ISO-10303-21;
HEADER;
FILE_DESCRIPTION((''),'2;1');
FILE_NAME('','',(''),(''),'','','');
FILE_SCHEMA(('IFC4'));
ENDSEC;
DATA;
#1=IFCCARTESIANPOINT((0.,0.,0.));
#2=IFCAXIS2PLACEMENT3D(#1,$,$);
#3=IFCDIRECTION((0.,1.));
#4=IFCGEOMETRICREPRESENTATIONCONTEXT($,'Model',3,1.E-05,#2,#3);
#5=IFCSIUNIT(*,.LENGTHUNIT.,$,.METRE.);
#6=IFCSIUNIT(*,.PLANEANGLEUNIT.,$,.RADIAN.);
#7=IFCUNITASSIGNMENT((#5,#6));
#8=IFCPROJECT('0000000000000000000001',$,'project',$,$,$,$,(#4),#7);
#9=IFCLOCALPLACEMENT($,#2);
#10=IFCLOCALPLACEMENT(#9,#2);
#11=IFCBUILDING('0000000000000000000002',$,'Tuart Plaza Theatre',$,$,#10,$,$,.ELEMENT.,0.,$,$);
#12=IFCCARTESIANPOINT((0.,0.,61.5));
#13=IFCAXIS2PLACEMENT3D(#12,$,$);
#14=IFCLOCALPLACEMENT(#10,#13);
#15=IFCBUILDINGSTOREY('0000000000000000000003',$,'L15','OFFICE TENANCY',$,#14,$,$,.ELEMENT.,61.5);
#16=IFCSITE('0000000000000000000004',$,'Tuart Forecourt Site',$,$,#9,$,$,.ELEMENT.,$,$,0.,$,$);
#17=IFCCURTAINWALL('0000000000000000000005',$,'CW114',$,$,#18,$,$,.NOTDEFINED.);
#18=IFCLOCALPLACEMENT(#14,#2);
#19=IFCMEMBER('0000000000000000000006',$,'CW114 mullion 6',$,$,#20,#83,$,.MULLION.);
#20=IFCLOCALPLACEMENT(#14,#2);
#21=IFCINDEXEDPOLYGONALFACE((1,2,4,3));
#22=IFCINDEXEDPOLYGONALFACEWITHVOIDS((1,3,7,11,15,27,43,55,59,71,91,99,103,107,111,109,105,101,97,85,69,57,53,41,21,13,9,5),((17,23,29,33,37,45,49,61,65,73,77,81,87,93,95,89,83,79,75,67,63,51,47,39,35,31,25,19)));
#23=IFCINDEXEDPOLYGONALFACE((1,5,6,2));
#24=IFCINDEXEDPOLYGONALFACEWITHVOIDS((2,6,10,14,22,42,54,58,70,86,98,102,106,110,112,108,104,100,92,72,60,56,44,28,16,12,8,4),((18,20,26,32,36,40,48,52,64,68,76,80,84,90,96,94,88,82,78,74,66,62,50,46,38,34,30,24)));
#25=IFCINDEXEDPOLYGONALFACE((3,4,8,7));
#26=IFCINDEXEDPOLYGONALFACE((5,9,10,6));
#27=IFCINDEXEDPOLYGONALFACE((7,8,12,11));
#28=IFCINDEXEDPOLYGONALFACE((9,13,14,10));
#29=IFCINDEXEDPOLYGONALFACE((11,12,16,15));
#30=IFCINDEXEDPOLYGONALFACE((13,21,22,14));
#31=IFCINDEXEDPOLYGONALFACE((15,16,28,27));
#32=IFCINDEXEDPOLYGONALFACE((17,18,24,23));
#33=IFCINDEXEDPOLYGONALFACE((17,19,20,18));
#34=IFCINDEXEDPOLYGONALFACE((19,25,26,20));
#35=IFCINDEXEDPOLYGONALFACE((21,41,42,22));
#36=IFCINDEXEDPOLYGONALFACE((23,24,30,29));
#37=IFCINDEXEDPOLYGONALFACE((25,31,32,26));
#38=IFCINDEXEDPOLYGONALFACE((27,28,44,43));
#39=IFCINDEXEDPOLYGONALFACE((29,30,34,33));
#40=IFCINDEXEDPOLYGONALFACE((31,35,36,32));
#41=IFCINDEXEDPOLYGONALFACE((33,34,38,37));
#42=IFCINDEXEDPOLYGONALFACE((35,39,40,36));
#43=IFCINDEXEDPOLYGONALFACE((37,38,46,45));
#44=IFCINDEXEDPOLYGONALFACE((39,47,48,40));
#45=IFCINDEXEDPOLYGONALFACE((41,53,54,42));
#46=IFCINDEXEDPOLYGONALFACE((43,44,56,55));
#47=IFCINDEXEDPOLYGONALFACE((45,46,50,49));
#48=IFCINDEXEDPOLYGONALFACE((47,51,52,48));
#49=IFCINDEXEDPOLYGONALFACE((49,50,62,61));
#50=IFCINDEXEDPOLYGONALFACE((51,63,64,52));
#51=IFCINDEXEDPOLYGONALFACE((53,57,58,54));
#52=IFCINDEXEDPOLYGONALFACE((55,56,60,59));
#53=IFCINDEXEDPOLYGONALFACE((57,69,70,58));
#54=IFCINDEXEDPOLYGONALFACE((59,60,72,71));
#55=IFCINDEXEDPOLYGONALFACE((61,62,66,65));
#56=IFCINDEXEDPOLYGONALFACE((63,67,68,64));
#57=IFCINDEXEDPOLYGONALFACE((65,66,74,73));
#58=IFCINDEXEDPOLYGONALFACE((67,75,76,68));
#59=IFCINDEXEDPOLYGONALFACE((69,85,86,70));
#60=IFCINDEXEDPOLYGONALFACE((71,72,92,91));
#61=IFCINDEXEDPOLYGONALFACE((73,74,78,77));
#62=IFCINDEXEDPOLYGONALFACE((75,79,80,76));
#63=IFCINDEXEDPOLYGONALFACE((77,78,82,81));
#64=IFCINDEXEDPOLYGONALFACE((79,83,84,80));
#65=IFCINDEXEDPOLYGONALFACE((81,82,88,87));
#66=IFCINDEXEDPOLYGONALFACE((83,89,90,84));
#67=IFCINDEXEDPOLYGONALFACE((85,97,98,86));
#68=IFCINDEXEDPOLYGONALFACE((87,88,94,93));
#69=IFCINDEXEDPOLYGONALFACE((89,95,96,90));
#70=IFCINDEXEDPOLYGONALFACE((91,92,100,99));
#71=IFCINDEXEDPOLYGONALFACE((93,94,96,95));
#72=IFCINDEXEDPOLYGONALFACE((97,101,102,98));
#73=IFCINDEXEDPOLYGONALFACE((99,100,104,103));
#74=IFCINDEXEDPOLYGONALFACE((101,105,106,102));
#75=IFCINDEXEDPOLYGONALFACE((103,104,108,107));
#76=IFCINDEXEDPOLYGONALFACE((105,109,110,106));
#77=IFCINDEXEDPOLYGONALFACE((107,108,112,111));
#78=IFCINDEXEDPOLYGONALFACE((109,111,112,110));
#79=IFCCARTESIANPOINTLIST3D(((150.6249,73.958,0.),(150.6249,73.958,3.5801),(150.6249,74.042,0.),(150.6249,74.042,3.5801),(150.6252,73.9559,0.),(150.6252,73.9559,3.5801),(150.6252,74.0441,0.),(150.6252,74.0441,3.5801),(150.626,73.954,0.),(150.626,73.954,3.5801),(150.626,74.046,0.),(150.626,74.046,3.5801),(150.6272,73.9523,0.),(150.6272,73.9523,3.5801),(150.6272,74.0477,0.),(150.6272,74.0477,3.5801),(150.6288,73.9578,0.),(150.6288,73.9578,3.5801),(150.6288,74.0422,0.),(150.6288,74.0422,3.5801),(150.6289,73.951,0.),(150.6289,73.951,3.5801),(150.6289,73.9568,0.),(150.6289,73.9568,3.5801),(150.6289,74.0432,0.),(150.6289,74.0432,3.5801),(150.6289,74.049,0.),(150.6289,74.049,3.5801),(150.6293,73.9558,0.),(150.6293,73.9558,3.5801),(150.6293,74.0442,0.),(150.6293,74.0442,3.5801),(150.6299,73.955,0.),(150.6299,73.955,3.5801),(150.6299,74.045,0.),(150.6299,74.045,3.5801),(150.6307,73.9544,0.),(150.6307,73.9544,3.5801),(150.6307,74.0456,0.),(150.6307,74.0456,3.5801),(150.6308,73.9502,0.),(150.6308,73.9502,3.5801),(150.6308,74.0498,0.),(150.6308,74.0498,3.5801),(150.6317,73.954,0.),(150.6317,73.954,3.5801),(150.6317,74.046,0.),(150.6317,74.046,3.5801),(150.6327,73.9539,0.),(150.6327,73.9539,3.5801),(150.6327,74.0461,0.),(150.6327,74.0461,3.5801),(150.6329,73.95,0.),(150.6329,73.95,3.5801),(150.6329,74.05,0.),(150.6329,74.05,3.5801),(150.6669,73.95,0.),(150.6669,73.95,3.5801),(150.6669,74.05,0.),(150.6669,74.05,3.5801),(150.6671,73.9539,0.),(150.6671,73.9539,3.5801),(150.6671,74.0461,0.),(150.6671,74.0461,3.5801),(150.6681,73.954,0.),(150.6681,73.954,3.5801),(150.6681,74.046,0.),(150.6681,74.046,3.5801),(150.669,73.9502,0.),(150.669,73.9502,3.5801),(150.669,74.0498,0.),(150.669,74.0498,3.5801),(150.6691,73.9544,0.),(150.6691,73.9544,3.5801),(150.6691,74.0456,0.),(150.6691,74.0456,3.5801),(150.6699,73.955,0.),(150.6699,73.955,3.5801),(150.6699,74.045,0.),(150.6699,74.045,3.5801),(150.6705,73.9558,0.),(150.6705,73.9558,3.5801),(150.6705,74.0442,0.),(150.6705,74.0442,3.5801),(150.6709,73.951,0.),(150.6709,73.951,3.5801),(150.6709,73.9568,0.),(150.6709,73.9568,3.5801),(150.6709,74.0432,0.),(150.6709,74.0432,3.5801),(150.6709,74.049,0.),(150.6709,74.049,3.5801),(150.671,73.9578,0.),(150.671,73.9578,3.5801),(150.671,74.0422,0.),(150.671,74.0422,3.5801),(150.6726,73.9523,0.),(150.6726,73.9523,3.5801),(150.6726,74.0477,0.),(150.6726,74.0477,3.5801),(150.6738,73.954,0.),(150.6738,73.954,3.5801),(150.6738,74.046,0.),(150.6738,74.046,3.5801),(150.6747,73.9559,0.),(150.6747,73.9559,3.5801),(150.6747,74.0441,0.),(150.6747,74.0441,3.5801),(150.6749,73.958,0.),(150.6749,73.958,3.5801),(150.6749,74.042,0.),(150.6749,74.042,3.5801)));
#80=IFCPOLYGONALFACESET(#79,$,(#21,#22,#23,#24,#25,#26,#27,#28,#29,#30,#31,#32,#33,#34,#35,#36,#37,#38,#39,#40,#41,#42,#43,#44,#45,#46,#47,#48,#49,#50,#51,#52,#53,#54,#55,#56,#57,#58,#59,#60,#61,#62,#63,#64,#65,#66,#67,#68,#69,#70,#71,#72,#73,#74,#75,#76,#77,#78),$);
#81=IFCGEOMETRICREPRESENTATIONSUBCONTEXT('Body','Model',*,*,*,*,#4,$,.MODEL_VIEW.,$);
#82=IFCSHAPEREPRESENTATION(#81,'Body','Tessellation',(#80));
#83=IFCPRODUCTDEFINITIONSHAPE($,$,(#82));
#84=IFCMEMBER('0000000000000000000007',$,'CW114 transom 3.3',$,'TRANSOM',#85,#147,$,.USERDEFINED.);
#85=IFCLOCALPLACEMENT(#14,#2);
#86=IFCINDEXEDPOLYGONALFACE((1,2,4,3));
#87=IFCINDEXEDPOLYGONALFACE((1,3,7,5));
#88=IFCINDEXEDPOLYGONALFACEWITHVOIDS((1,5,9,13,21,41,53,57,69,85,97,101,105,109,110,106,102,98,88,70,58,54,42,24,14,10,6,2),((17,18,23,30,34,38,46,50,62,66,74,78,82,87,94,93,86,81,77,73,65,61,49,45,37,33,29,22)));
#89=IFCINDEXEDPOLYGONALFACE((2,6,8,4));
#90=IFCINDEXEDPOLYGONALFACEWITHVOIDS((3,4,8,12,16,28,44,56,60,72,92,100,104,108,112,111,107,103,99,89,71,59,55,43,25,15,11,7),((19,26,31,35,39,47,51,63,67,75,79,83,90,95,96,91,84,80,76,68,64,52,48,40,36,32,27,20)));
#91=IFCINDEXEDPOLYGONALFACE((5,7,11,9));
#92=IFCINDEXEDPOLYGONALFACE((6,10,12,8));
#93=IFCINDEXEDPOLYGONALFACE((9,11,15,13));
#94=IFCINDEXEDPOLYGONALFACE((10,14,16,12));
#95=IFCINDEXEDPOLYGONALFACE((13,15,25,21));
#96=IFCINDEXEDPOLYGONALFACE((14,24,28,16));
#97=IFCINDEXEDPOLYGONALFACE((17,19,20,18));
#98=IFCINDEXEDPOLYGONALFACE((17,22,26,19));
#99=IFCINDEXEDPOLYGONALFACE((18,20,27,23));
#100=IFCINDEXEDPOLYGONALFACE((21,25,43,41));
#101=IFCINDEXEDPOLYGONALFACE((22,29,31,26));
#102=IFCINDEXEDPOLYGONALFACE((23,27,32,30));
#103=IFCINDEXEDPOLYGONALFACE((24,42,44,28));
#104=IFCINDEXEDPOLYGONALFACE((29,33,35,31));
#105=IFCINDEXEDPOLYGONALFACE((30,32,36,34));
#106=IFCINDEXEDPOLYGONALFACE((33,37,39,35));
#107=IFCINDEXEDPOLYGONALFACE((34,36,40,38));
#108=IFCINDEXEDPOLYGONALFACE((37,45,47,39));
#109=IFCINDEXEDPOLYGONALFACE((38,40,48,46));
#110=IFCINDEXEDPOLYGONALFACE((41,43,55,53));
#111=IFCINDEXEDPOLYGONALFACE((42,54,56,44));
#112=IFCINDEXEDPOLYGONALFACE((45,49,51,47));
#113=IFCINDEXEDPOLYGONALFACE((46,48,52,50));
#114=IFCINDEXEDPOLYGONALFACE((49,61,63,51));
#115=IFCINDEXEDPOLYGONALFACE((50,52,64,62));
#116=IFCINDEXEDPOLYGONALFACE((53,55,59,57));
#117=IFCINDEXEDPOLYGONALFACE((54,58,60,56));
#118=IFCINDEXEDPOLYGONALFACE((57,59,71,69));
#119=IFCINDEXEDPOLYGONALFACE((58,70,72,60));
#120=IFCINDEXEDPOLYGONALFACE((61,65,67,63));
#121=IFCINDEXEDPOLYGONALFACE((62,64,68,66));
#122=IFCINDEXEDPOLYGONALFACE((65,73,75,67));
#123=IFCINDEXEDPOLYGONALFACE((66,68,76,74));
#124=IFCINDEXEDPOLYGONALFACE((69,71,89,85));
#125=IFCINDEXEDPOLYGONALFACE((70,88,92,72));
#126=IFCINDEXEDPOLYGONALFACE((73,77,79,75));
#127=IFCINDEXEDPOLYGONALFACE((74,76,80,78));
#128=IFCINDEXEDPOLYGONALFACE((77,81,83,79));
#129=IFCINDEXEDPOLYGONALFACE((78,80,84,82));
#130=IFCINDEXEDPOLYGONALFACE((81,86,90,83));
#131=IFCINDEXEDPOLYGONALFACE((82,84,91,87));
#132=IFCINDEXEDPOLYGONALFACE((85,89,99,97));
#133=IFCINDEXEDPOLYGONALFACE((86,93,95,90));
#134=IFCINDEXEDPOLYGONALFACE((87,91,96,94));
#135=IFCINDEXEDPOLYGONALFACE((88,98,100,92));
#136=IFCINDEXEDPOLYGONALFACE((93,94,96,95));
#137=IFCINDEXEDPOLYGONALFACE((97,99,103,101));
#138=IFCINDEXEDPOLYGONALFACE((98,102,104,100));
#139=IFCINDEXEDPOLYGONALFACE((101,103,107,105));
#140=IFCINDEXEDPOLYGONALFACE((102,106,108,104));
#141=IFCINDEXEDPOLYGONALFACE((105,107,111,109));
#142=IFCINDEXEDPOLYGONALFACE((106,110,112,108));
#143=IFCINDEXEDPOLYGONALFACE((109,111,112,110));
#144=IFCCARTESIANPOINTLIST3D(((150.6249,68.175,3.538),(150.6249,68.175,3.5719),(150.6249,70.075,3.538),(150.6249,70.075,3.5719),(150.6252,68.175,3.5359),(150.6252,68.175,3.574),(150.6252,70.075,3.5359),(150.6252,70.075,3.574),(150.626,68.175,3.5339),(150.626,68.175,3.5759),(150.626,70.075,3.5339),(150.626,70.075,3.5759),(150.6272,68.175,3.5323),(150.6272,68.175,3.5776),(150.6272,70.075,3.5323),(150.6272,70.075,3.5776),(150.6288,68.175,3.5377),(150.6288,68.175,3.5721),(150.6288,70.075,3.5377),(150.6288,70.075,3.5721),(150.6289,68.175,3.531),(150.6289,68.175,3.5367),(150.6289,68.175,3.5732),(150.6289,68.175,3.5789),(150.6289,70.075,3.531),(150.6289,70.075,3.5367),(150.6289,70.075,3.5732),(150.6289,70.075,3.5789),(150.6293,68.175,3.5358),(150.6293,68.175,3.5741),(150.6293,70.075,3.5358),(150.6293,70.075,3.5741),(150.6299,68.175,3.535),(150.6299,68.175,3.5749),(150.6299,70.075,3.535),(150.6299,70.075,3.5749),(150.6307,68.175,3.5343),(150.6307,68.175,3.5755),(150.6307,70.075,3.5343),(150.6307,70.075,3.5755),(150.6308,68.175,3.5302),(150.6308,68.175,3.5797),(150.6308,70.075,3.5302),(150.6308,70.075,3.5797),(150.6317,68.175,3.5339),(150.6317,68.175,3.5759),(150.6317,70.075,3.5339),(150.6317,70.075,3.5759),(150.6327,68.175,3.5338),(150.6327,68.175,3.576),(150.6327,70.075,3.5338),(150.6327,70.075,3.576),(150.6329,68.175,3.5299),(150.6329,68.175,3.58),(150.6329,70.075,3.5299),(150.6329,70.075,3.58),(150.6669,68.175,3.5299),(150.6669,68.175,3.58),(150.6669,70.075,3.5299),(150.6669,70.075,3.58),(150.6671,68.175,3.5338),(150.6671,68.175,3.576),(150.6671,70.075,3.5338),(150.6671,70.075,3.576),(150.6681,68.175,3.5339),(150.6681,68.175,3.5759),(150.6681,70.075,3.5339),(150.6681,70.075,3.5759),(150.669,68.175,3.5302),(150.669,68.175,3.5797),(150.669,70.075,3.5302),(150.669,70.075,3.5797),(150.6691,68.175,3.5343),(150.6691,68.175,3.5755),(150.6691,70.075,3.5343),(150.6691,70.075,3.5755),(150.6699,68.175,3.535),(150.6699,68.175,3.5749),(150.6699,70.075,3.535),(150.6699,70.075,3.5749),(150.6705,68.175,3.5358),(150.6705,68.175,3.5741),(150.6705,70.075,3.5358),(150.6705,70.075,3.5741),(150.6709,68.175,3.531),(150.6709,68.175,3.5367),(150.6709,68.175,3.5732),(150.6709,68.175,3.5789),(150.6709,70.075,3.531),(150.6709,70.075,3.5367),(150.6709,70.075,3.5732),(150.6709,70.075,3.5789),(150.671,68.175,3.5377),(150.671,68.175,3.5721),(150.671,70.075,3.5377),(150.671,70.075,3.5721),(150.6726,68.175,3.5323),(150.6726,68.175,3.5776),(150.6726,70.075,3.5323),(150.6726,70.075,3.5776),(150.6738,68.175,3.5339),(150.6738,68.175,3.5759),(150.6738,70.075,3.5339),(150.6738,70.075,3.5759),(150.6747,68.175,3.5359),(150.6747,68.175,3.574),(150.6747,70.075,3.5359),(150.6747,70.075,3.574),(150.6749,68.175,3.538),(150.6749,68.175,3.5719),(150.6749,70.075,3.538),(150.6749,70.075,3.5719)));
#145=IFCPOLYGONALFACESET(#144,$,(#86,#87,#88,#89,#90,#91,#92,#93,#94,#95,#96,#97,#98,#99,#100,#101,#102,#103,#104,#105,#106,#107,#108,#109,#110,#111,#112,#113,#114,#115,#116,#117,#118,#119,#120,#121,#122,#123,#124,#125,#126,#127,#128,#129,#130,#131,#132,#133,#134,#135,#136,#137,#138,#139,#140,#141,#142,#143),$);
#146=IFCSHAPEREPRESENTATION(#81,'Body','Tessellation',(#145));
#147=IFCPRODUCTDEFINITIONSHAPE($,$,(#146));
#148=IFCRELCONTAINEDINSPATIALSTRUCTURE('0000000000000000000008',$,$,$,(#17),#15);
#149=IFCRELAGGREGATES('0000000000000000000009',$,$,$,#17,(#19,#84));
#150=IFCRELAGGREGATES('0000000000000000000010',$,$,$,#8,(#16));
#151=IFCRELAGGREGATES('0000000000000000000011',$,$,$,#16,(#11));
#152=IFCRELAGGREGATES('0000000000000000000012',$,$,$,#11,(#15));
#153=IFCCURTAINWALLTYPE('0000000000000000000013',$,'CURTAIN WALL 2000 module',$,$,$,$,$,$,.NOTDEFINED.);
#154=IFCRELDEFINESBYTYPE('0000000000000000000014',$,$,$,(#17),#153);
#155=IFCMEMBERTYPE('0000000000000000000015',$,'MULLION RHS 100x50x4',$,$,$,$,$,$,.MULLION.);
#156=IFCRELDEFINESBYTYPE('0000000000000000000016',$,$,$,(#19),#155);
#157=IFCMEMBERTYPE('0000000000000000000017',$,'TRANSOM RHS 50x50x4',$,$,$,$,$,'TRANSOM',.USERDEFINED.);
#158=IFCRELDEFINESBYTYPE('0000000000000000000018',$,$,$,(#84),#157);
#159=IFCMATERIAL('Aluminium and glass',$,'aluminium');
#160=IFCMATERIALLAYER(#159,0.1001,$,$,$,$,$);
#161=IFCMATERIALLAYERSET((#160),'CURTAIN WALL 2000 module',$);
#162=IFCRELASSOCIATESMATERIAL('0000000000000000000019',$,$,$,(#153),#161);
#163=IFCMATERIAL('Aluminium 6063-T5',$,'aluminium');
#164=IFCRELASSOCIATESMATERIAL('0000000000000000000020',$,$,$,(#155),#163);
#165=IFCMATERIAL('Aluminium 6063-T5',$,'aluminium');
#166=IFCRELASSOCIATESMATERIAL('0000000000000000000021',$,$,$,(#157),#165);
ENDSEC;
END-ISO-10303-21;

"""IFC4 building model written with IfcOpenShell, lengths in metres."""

from ifc_helpers import new_model, si_unit, direction, frame, origin, origin_2d, place, context, subcontext, project, spatial, hollow_rectangle, extrude, material, layer, layer_set, material_profile, profile_set, type_object, element, aggregate, save


model = new_model("IFC4")

# Units and contexts
model_context = context("Model", 3, precision=1e-05, world=origin(), true_north=direction((0.0, 1.0)))
body_context = subcontext(model_context, "Body", "Model", "MODEL_VIEW")
ifc_project = project(units=[si_unit("LENGTHUNIT", "METRE"), si_unit("PLANEANGLEUNIT", "RADIAN")], contexts=[model_context])

# Site, building, storey
site_placement = place(None, origin())
site = spatial("IfcSite", under=ifc_project, at=site_placement, Name="Tuart Forecourt Site", CompositionType="ELEMENT", RefElevation=0.0)
building_placement = place(site_placement, origin())
building = spatial("IfcBuilding", under=site, at=building_placement, Name="Tuart Plaza Theatre", CompositionType="ELEMENT", ElevationOfRefHeight=0.0)
storey_placement = place(building_placement, frame((0.0, 0.0, 61.5)))
storey = spatial("IfcBuildingStorey", under=building, at=storey_placement, Name="L15", Description="OFFICE TENANCY", CompositionType="ELEMENT", Elevation=61.5)

# Curtain wall, members
ifc_material_1 = material(Name="Aluminium and glass", Category="aluminium")
ifc_layer_1 = layer(ifc_material_1, 0.1001)
ifc_layer_set_1 = layer_set([ifc_layer_1], Name="CURTAIN WALL 2000 module")
curtain_wall_type = type_object("IfcCurtainWallType", Name="CURTAIN WALL 2000 module", PredefinedType="NOTDEFINED", material=ifc_layer_set_1)
curtain_wall_placement = place(storey_placement, origin())
curtain_wall = element("IfcCurtainWall", 1, at=curtain_wall_placement, inside=storey, type_object=curtain_wall_type, Name="CW114", PredefinedType="NOTDEFINED")
ifc_material_2 = material(Name="Aluminium 6063-T5", Category="aluminium")
ifc_material_profile_1 = material_profile(ifc_material_2, hollow_rectangle(XDim=0.05, YDim=0.1001, WallThickness=0.0039, InnerFilletRadius=0.0039, OuterFilletRadius=0.0081, at=origin_2d()), Name="RHS 100x50x4")
ifc_profile_set_1 = profile_set([ifc_material_profile_1], Name="Aluminium 6063-T5")
member_type_1 = type_object("IfcMemberType", Name="MULLION RHS 100x50x4", PredefinedType="MULLION", material=ifc_profile_set_1)
member_1_placement = place(storey_placement, frame((150.6499, 74.0, 0.0), z_axis=(0.0, 0.0, 1.0), x_axis=(-1.0, 0.0, 0.0)))
member_1 = element("IfcMember", 2, at=member_1_placement, type_object=member_type_1, Name="CW114 mullion 6", PredefinedType="MULLION", context=body_context, shape_type="SweptSolid", body=[
    extrude(hollow_rectangle(XDim=0.05, YDim=0.1001, WallThickness=0.0039, InnerFilletRadius=0.0039, OuterFilletRadius=0.0081, at=origin_2d()), origin(), (0.0, 0.0, 1.0), 3.5801),
])
ifc_material_3 = material(Name="Aluminium 6063-T5", Category="aluminium")
ifc_material_profile_2 = material_profile(ifc_material_3, hollow_rectangle(XDim=0.05, YDim=0.05, WallThickness=0.0039, InnerFilletRadius=0.0039, OuterFilletRadius=0.0081, at=origin_2d()), Name="RHS 50x50x4")
ifc_profile_set_2 = profile_set([ifc_material_profile_2], Name="Aluminium 6063-T5")
member_type_2 = type_object("IfcMemberType", Name="TRANSOM RHS 50x50x4", ElementType="TRANSOM", PredefinedType="USERDEFINED", material=ifc_profile_set_2)
member_2_placement = place(storey_placement, frame((150.6499, 68.175, 3.5549), z_axis=(0.0, 1.0, 0.0), x_axis=(-1.0, 0.0, 0.0)))
member_2 = element("IfcMember", 3, at=member_2_placement, type_object=member_type_2, Name="CW114 transom 3.3", ObjectType="TRANSOM", PredefinedType="USERDEFINED", context=body_context, shape_type="SweptSolid", body=[
    extrude(hollow_rectangle(XDim=0.05, YDim=0.05, WallThickness=0.0039, InnerFilletRadius=0.0039, OuterFilletRadius=0.0081, at=origin_2d()), origin(), (0.0, 0.0, 1.0), 1.8999),
])
aggregate(curtain_wall, [member_1, member_2])

save(model, "model.ifc")
